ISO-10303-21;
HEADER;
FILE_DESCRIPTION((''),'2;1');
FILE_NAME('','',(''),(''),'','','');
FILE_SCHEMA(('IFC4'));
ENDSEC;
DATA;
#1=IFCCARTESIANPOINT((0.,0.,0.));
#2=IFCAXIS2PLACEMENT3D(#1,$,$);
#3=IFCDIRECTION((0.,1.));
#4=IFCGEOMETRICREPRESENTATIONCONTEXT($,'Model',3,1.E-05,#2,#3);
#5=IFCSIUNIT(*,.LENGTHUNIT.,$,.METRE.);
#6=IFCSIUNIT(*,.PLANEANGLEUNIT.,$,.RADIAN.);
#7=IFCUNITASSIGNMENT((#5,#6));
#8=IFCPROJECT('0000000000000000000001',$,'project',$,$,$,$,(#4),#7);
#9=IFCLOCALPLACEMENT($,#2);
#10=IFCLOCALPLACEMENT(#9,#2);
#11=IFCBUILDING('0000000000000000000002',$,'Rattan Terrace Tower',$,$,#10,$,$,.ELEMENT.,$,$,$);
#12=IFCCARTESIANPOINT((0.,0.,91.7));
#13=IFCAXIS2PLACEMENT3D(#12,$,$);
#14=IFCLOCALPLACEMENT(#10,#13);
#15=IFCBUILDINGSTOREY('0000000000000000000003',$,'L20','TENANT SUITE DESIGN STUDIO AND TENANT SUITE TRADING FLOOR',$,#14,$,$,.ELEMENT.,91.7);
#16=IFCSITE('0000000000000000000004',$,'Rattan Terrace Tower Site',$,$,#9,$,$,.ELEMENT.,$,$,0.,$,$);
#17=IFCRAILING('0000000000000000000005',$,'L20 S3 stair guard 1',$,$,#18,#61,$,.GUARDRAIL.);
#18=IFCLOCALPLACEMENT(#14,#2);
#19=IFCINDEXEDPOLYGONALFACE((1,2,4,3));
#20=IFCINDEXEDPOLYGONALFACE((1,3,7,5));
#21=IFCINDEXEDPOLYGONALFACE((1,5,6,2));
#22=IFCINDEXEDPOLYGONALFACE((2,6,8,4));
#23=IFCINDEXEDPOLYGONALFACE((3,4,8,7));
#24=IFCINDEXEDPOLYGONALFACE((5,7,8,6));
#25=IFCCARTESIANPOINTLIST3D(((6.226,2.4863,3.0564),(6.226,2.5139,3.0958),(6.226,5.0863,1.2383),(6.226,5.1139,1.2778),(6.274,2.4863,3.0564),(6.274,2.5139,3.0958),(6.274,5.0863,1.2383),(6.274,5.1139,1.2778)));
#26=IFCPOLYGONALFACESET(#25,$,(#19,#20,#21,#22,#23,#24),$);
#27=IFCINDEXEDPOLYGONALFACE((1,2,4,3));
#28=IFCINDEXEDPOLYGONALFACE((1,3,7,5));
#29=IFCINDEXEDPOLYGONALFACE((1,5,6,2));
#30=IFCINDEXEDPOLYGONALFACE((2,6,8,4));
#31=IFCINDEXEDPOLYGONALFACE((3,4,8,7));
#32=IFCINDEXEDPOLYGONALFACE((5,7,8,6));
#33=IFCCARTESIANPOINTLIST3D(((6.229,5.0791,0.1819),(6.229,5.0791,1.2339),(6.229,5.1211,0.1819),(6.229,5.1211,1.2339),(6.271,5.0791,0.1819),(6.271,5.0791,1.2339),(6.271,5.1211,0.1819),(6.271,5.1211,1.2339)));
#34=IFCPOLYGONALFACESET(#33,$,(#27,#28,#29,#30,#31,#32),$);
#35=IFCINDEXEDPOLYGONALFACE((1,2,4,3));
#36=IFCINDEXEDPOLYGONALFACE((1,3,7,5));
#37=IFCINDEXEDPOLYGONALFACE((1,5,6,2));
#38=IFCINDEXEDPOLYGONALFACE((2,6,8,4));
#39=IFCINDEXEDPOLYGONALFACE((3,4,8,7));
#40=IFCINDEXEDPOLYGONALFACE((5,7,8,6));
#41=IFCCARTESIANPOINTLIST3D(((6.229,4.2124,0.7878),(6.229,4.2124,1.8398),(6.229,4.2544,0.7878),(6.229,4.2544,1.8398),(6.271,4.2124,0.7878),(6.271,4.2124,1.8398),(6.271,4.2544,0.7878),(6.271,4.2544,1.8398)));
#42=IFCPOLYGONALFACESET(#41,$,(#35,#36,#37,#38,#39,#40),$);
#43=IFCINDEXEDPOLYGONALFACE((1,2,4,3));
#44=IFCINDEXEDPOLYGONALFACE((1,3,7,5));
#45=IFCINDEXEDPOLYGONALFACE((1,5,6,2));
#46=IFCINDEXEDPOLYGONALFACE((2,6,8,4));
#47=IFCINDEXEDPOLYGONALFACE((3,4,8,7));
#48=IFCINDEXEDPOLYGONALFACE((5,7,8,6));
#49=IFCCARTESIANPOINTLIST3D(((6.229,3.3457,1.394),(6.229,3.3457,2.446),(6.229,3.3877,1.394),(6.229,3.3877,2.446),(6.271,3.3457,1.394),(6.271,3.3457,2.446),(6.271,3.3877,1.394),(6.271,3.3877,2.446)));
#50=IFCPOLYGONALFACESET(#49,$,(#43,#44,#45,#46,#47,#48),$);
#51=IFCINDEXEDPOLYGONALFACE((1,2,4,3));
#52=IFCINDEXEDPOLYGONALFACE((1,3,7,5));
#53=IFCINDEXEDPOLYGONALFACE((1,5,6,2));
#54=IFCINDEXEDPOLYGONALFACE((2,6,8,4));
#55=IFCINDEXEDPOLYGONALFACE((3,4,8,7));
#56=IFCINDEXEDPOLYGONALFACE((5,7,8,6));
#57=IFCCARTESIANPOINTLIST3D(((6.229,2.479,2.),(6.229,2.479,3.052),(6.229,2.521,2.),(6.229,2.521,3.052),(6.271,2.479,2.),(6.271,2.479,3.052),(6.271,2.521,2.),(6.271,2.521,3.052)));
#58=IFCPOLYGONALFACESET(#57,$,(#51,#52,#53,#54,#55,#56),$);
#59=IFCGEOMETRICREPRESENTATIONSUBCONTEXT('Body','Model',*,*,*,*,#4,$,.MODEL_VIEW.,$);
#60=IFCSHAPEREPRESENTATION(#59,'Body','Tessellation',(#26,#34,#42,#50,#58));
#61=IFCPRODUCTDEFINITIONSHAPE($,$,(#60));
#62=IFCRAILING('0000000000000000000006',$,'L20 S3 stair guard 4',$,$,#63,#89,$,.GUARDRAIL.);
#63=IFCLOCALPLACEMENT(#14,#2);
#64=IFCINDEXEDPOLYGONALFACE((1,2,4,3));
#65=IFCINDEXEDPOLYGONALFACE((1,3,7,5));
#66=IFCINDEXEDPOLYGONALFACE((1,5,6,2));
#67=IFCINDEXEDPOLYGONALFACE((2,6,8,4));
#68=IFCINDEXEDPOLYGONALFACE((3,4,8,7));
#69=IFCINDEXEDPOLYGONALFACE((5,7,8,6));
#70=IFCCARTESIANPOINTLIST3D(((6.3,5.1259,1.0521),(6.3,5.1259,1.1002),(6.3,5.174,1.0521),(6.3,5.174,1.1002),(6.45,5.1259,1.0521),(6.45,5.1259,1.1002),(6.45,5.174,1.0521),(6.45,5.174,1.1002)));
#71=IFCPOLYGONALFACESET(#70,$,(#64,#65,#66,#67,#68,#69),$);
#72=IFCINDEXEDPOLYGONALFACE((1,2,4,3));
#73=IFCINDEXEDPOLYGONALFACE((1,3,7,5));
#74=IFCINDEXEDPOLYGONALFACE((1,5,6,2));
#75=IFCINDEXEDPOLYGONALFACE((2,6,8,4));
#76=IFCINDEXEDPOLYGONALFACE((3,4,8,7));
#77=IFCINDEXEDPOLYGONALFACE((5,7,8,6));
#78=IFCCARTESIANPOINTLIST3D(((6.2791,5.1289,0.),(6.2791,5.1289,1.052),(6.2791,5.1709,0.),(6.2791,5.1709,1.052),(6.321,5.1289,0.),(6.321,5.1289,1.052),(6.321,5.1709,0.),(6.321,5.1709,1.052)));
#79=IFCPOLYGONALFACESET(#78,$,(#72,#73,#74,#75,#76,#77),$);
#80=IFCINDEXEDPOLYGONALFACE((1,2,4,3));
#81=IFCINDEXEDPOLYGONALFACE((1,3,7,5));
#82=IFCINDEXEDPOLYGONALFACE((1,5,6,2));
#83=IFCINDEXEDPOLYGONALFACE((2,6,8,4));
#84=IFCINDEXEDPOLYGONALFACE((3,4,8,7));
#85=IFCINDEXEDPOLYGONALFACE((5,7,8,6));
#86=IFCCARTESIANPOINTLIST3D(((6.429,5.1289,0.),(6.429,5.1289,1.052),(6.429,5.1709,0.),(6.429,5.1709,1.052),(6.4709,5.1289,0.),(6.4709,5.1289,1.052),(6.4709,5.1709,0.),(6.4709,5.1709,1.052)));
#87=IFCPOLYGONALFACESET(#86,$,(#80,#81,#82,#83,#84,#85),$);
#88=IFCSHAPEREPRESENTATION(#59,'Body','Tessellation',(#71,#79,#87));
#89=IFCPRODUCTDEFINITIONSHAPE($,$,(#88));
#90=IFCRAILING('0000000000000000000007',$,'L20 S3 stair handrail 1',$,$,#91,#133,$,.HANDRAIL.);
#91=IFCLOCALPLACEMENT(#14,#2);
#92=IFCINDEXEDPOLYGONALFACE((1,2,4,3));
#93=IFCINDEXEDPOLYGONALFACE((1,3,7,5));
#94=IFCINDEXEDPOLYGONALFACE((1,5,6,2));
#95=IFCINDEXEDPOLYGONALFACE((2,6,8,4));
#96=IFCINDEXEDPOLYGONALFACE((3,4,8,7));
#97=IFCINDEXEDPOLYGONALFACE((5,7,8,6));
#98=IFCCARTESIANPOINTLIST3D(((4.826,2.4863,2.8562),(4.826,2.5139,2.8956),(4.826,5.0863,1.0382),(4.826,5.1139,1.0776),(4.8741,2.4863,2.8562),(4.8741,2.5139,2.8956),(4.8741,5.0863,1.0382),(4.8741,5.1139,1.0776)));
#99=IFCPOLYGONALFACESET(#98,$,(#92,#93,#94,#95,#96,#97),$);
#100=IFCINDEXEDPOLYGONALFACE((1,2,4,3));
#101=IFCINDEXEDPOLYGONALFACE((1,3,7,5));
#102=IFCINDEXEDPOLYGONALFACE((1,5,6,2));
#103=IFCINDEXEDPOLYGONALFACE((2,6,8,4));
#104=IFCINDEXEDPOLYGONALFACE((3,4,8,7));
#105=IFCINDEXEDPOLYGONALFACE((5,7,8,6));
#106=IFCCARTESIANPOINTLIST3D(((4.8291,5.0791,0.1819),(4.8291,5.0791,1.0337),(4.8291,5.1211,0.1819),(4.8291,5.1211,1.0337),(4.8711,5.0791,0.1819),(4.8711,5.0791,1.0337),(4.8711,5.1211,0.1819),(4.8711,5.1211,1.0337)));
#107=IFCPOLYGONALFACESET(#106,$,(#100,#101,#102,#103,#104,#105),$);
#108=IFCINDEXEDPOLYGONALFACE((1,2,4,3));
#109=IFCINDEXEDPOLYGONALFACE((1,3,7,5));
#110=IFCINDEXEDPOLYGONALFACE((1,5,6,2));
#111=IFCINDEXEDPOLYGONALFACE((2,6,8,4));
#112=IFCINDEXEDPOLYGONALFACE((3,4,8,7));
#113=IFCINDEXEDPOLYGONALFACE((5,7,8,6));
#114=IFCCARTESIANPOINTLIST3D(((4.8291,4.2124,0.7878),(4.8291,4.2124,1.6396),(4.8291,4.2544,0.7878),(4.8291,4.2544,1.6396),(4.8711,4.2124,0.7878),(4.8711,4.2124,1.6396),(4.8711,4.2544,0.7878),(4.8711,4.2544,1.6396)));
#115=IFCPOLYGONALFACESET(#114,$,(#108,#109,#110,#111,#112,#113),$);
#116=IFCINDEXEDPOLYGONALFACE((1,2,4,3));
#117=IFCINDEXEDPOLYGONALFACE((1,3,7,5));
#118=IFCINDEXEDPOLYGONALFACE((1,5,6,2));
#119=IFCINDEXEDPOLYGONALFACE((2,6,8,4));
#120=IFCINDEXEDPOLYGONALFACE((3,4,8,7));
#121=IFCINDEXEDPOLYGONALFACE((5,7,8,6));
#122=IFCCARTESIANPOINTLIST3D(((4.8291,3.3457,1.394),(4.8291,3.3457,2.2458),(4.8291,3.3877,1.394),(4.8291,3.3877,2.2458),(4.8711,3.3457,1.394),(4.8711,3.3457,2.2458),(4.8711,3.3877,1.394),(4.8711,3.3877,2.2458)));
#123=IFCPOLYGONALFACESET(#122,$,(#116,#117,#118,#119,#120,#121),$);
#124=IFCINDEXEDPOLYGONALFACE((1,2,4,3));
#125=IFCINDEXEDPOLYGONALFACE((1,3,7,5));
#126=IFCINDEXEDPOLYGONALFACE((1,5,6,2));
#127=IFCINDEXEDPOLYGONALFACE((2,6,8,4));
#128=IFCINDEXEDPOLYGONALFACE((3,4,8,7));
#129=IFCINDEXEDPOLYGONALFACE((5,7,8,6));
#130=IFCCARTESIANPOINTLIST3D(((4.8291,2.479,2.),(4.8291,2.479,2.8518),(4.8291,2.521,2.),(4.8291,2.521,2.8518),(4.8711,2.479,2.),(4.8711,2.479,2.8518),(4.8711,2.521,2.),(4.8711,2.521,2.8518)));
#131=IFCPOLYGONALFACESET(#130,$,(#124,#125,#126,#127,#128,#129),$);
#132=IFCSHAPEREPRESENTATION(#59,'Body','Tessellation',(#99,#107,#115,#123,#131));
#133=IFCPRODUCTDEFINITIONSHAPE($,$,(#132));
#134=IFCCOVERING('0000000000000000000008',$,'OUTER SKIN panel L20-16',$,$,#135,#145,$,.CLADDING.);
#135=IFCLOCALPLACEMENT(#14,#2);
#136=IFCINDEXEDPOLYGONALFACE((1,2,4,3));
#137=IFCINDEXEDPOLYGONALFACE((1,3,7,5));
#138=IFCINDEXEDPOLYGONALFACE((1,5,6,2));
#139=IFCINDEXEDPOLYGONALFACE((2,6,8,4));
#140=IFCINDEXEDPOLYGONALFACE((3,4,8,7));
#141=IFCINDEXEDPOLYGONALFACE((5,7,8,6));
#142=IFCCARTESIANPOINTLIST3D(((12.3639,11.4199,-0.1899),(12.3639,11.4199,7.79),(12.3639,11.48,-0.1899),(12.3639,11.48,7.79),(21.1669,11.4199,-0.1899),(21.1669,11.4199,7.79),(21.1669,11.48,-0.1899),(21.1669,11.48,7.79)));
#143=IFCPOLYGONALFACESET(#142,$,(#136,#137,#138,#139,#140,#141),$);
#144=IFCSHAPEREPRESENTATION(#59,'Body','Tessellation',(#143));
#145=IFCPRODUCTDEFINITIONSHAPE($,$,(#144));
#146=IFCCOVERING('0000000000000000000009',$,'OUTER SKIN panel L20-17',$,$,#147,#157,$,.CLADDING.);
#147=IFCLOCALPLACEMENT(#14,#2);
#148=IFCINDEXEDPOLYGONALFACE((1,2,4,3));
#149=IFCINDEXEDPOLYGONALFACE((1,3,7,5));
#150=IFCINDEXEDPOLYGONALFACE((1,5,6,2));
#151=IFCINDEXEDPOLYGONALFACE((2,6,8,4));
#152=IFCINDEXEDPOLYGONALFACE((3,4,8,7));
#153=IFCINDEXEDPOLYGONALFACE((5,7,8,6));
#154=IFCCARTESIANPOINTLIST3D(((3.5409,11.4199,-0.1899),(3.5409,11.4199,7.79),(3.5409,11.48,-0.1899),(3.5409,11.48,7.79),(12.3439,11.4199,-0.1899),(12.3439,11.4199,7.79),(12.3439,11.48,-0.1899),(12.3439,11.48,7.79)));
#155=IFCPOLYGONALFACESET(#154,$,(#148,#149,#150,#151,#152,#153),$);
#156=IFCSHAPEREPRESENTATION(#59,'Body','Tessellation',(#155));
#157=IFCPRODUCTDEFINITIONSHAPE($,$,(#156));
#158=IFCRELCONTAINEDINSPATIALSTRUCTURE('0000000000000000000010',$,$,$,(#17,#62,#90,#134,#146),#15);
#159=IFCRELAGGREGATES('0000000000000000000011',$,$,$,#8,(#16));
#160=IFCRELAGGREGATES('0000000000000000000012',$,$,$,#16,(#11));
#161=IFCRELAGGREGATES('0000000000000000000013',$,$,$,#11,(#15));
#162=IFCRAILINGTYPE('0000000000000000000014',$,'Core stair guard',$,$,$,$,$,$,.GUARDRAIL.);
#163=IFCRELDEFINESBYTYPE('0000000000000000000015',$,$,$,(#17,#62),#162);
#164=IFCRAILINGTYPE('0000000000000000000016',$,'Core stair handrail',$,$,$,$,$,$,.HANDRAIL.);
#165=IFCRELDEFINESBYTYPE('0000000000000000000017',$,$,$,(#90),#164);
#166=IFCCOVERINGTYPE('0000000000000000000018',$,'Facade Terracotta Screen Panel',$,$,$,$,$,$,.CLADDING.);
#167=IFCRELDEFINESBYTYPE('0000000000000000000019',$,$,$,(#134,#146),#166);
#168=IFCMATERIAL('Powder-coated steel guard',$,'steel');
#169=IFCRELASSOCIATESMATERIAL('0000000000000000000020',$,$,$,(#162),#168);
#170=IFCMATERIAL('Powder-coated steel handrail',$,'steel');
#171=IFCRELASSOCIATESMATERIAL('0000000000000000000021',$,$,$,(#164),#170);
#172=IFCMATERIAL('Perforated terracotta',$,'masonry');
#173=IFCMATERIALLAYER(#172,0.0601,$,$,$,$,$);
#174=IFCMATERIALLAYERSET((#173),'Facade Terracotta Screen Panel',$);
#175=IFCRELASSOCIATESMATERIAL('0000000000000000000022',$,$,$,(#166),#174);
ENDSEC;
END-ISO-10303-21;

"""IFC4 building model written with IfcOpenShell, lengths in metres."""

from ifc_helpers import new_model, si_unit, direction, frame, origin, origin_2d, place, context, subcontext, project, spatial, rectangle, extrude, material, layer, layer_set, type_object, element, save


model = new_model("IFC4")

# Units and contexts
model_context = context("Model", 3, precision=1e-05, world=origin(), true_north=direction((0.0, 1.0)))
body_context = subcontext(model_context, "Body", "Model", "MODEL_VIEW")
ifc_project = project(units=[si_unit("LENGTHUNIT", "METRE"), si_unit("PLANEANGLEUNIT", "RADIAN")], contexts=[model_context])

# Site, building, storey
site_placement = place(None, origin())
site = spatial("IfcSite", under=ifc_project, at=site_placement, Name="Rattan Terrace Tower Site", CompositionType="ELEMENT", RefElevation=0.0)
building_placement = place(site_placement, origin())
building = spatial("IfcBuilding", under=site, at=building_placement, Name="Rattan Terrace Tower", CompositionType="ELEMENT")
storey_placement = place(building_placement, frame((0.0, 0.0, 91.7)))
storey = spatial("IfcBuildingStorey", under=building, at=storey_placement, Name="L20", Description="TENANT SUITE DESIGN STUDIO AND TENANT SUITE TRADING FLOOR", CompositionType="ELEMENT", Elevation=91.7)

# Railings
ifc_material_1 = material(Name="Powder-coated steel guard", Category="steel")
railing_type_1 = type_object("IfcRailingType", Name="Core stair guard", PredefinedType="GUARDRAIL", material=ifc_material_1)
railing_1_placement = place(storey_placement, frame((6.25, 5.1001, 0.1819)))
element("IfcRailing", 1, at=railing_1_placement, inside=storey, type_object=railing_type_1, Name="L20 S3 stair guard 1", PredefinedType="GUARDRAIL", context=body_context, shape_type="SweptSolid", body=[
    extrude(rectangle(XDim=0.0481, YDim=0.0481, at=origin_2d()), frame((0.0, 0.0, 1.0762), z_axis=(0.0, -0.819521, 0.573049), x_axis=(1.0, 0.0, 0.0)), (0.0, 0.0, 1.0), 3.1726),
    extrude(rectangle(XDim=0.042, YDim=0.042, at=origin_2d()), origin(), (0.0, 0.0, 1.0), 1.052),
    extrude(rectangle(XDim=0.042, YDim=0.042, at=origin_2d()), frame((0.0, -0.8667, 0.606)), (0.0, 0.0, 1.0), 1.052),
    extrude(rectangle(XDim=0.042, YDim=0.042, at=origin_2d()), frame((0.0, -1.7334, 1.2122)), (0.0, 0.0, 1.0), 1.052),
    extrude(rectangle(XDim=0.042, YDim=0.042, at=origin_2d()), frame((0.0, -2.6001, 1.8181)), (0.0, 0.0, 1.0), 1.052),
])
railing_2_placement = place(storey_placement, frame((6.3, 5.1499, 0.0)))
element("IfcRailing", 2, at=railing_2_placement, inside=storey, type_object=railing_type_1, Name="L20 S3 stair guard 4", PredefinedType="GUARDRAIL", context=body_context, shape_type="SweptSolid", body=[
    extrude(rectangle(XDim=0.0481, YDim=0.0481, at=origin_2d()), frame((0.0, 0.0, 1.0762), z_axis=(1.0, 0.0, 0.0), x_axis=(0.0, 1.0, 0.0)), (0.0, 0.0, 1.0), 0.1499),
    extrude(rectangle(XDim=0.042, YDim=0.042, at=origin_2d()), origin(), (0.0, 0.0, 1.0), 1.052),
    extrude(rectangle(XDim=0.042, YDim=0.042, at=origin_2d()), frame((0.1499, 0.0, 0.0)), (0.0, 0.0, 1.0), 1.052),
])
ifc_material_2 = material(Name="Powder-coated steel handrail", Category="steel")
railing_type_2 = type_object("IfcRailingType", Name="Core stair handrail", PredefinedType="HANDRAIL", material=ifc_material_2)
railing_3_placement = place(storey_placement, frame((4.8501, 5.1001, 0.1819)))
element("IfcRailing", 3, at=railing_3_placement, inside=storey, type_object=railing_type_2, Name="L20 S3 stair handrail 1", PredefinedType="HANDRAIL", context=body_context, shape_type="SweptSolid", body=[
    extrude(rectangle(XDim=0.0481, YDim=0.0481, at=origin_2d()), frame((0.0, 0.0, 0.876), z_axis=(0.0, -0.819521, 0.573049), x_axis=(1.0, 0.0, 0.0)), (0.0, 0.0, 1.0), 3.1726),
    extrude(rectangle(XDim=0.042, YDim=0.042, at=origin_2d()), origin(), (0.0, 0.0, 1.0), 0.8518),
    extrude(rectangle(XDim=0.042, YDim=0.042, at=origin_2d()), frame((0.0, -0.8667, 0.606)), (0.0, 0.0, 1.0), 0.8518),
    extrude(rectangle(XDim=0.042, YDim=0.042, at=origin_2d()), frame((0.0, -1.7334, 1.2122)), (0.0, 0.0, 1.0), 0.8518),
    extrude(rectangle(XDim=0.042, YDim=0.042, at=origin_2d()), frame((0.0, -2.6001, 1.8181)), (0.0, 0.0, 1.0), 0.8518),
])

# Coverings
ifc_material_3 = material(Name="Perforated terracotta", Category="masonry")
ifc_layer_1 = layer(ifc_material_3, 0.0601)
ifc_layer_set_1 = layer_set([ifc_layer_1], Name="Facade Terracotta Screen Panel")
covering_type = type_object("IfcCoveringType", Name="Facade Terracotta Screen Panel", PredefinedType="CLADDING", material=ifc_layer_set_1)
for number, where, z_axis, x_axis, name in (
    (4, (16.7654, 11.45, -0.1899), (0.0, 0.0, 1.0), (-1.0, 0.0, 0.0), "OUTER SKIN panel L20-16"),
    (5, (7.9424, 11.45, -0.1899), (0.0, 0.0, 1.0), (-1.0, 0.0, 0.0), "OUTER SKIN panel L20-17"),
):
    element("IfcCovering", number, at=place(storey_placement, frame(where, z_axis=z_axis, x_axis=x_axis)), inside=storey, type_object=covering_type, Name=name, PredefinedType="CLADDING", context=body_context, shape_type="SweptSolid", body=[
        extrude(rectangle(XDim=8.803, YDim=0.0601, at=origin_2d()), origin(), (0.0, 0.0, 1.0), 7.98),
    ])

save(model, "model.ifc")
